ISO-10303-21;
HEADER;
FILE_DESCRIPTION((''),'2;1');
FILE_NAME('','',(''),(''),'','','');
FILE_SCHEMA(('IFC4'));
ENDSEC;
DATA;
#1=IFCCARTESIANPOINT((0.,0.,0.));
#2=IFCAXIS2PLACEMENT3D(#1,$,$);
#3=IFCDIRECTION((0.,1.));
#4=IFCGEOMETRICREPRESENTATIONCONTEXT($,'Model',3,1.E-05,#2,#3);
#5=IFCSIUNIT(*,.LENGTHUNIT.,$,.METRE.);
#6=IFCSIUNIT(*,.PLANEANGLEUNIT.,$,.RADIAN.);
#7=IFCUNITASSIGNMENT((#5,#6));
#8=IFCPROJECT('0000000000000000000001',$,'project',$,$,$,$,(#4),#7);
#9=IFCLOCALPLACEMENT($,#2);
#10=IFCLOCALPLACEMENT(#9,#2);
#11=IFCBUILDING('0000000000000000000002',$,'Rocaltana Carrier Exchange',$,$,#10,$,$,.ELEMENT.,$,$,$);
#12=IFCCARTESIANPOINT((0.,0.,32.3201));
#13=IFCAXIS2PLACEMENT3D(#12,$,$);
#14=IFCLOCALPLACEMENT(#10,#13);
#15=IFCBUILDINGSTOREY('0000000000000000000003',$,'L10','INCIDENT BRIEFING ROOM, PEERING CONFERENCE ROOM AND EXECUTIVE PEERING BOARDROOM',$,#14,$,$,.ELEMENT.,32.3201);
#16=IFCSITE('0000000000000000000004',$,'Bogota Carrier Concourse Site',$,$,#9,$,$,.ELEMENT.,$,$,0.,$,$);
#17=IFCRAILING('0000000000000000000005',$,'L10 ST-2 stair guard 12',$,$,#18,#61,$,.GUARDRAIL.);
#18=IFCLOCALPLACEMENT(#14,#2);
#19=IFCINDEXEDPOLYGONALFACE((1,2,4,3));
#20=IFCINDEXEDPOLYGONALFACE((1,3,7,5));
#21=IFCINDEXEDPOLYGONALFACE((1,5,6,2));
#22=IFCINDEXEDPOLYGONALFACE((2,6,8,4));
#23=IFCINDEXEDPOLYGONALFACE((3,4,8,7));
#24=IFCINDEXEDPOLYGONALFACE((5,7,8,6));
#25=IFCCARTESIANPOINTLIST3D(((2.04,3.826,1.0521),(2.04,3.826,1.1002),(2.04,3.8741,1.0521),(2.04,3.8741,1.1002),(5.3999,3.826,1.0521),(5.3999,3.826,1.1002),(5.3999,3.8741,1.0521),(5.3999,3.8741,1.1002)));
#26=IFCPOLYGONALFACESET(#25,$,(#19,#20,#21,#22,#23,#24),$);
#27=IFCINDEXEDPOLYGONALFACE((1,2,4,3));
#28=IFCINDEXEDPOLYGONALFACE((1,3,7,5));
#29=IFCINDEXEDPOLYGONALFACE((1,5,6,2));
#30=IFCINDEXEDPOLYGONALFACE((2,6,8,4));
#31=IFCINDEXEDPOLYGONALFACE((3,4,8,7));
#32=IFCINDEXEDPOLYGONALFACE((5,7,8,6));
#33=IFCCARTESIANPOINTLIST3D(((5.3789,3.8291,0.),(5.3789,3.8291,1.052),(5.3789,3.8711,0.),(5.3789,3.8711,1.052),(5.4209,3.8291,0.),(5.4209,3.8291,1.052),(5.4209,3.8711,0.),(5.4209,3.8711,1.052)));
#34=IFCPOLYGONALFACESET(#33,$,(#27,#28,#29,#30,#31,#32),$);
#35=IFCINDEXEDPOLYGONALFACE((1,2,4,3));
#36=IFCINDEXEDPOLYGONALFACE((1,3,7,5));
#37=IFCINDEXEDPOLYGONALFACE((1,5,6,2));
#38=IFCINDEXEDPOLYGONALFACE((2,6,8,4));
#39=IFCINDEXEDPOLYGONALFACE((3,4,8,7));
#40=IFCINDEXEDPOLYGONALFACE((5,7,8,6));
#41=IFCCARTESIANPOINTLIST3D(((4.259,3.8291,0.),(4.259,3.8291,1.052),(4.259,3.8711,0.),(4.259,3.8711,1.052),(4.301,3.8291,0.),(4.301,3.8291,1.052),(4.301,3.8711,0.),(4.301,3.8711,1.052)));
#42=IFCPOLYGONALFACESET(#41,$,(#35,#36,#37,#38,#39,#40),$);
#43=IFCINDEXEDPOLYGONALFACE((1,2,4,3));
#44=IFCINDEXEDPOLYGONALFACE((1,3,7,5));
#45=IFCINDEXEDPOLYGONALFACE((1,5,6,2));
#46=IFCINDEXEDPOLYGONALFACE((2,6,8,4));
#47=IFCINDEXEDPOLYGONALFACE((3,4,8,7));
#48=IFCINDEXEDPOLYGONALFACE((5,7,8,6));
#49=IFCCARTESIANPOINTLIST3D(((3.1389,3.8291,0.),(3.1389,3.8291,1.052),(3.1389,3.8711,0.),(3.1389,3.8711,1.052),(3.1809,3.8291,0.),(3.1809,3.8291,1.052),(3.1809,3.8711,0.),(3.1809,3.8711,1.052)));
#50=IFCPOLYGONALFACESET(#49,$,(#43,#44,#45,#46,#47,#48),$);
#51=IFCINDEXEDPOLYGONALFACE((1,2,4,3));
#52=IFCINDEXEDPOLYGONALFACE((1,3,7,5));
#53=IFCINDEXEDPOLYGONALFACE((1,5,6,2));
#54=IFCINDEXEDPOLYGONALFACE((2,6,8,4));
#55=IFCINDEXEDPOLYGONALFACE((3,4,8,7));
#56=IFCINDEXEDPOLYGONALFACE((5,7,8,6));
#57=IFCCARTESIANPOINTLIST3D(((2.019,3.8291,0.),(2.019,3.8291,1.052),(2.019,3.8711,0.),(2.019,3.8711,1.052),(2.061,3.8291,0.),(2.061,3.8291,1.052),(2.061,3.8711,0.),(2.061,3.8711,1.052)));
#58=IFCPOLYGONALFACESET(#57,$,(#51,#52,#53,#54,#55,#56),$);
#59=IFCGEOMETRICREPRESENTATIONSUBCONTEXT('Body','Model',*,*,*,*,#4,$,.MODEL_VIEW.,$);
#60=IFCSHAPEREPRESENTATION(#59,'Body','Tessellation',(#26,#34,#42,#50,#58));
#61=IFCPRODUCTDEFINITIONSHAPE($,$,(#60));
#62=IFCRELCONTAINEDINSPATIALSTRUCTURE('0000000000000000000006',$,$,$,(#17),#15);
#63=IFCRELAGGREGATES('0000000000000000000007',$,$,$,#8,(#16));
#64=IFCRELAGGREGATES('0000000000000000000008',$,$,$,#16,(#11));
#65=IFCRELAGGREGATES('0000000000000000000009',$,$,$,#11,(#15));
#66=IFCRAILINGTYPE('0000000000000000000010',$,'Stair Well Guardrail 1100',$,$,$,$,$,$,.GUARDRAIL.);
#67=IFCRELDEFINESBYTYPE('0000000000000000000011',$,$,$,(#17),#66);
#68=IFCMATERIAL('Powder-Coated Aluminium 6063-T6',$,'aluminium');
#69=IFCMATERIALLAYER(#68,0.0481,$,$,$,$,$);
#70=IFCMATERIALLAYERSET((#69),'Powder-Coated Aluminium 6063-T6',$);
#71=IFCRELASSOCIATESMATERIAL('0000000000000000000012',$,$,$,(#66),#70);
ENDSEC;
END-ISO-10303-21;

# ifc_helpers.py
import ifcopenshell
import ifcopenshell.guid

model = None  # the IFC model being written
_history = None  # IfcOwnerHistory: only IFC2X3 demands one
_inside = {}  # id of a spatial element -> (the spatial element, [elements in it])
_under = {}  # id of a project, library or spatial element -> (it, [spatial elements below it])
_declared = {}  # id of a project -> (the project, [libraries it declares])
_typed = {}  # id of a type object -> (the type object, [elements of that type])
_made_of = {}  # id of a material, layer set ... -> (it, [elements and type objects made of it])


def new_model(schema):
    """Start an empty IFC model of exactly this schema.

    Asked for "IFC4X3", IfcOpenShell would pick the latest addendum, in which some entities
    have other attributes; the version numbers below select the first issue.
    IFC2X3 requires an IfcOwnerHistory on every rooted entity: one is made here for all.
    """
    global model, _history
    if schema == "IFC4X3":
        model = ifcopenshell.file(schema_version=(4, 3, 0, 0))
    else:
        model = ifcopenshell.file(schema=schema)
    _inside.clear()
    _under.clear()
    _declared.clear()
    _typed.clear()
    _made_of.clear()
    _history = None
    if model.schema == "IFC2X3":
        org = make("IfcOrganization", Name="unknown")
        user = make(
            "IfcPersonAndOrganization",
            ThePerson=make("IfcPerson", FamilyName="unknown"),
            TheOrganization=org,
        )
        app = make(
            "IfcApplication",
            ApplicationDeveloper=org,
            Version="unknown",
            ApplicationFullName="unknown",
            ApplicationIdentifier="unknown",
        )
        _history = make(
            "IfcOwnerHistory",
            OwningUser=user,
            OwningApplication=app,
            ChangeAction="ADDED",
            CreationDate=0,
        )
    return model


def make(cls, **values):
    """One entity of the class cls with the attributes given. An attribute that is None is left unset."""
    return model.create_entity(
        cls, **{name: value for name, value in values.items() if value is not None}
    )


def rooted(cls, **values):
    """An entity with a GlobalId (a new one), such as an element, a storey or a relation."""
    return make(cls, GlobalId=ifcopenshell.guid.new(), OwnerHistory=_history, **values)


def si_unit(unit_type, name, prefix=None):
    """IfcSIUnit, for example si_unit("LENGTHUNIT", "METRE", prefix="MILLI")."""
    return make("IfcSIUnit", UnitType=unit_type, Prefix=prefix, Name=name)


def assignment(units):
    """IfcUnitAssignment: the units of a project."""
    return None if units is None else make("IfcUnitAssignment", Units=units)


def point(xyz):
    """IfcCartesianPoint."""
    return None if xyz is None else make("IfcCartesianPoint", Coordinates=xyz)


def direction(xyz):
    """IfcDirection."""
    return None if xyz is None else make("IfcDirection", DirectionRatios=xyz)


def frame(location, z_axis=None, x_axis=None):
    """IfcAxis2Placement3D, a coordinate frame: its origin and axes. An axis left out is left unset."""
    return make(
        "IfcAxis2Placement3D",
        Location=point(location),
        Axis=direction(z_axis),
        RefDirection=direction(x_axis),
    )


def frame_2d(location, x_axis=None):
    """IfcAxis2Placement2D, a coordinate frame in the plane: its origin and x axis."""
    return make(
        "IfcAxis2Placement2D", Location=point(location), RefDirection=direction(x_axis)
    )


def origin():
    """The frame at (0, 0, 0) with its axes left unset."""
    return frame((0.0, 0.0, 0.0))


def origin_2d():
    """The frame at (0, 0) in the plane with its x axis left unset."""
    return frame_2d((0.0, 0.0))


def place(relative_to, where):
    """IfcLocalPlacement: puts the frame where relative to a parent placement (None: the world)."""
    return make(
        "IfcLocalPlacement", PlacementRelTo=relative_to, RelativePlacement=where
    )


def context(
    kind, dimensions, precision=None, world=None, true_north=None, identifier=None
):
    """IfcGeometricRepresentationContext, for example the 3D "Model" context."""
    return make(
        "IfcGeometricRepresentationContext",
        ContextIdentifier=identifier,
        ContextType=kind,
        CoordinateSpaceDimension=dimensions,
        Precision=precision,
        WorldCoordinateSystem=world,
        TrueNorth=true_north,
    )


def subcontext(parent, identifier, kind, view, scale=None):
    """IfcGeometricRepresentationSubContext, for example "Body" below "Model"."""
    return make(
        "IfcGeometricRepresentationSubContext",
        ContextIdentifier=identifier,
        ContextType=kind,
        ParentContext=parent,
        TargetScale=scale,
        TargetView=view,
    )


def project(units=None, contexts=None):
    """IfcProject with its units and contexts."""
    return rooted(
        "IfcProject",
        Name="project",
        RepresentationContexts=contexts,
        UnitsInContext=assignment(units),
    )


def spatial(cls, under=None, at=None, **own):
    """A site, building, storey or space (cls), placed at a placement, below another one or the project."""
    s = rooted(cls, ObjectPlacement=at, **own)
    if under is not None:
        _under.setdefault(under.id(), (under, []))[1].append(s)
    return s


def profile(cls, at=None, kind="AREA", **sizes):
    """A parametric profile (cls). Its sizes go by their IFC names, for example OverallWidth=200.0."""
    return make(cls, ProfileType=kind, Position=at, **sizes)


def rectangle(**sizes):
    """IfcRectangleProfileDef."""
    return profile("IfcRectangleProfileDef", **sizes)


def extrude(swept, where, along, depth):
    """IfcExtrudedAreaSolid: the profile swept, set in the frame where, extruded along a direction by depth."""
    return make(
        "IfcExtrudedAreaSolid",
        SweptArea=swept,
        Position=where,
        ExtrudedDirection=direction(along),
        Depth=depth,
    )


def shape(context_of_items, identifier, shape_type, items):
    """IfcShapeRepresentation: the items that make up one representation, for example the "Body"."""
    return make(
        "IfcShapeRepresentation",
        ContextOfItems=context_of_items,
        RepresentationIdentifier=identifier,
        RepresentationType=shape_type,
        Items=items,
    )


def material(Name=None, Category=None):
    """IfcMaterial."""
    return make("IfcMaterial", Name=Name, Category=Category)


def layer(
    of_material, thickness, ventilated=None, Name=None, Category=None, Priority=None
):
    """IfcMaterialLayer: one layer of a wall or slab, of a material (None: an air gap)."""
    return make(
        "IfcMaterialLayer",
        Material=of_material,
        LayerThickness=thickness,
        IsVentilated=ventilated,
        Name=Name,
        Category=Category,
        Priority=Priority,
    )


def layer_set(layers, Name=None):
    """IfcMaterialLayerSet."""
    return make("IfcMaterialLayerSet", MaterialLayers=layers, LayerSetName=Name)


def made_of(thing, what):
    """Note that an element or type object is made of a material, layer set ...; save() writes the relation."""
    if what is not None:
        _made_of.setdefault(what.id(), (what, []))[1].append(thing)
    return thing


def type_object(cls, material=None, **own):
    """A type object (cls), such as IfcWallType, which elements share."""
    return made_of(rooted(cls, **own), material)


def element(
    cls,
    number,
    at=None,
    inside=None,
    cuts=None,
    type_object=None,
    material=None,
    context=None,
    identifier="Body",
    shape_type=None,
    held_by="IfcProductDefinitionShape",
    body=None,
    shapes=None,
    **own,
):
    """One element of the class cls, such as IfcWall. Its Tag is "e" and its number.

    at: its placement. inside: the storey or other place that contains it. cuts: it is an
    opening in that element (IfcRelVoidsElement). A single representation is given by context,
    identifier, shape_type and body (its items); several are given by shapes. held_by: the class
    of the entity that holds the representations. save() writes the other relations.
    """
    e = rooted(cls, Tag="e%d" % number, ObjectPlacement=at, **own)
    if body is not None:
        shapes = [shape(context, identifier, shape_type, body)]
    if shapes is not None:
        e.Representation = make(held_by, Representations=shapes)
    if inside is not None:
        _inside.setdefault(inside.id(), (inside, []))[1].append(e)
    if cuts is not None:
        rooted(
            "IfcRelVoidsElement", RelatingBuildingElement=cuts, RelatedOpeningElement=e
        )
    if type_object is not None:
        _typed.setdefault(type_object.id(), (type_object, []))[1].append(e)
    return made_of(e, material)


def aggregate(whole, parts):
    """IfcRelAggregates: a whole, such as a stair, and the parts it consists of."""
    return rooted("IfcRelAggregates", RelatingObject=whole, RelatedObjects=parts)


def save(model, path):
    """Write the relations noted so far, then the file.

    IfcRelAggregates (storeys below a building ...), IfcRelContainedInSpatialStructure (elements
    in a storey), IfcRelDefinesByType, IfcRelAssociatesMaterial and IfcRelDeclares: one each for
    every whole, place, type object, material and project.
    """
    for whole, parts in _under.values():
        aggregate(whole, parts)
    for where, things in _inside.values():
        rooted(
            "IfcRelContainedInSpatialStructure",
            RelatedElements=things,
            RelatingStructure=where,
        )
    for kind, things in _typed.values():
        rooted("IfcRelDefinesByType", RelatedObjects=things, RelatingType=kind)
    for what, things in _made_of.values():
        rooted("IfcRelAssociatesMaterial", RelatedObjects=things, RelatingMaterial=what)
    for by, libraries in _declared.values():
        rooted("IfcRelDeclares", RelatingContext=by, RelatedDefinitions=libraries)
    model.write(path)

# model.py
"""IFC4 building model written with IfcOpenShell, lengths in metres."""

from ifc_helpers import new_model, si_unit, direction, frame, origin, origin_2d, place, context, subcontext, project, spatial, rectangle, extrude, material, layer, layer_set, type_object, element, save


model = new_model("IFC4")

# Units and contexts
model_context = context("Model", 3, precision=1e-05, world=origin(), true_north=direction((0.0, 1.0)))
body_context = subcontext(model_context, "Body", "Model", "MODEL_VIEW")
ifc_project = project(units=[si_unit("LENGTHUNIT", "METRE"), si_unit("PLANEANGLEUNIT", "RADIAN")], contexts=[model_context])

# Site, building, storey
site_placement = place(None, origin())
site = spatial("IfcSite", under=ifc_project, at=site_placement, Name="Bogota Carrier Concourse Site", CompositionType="ELEMENT", RefElevation=0.0)
building_placement = place(site_placement, origin())
building = spatial("IfcBuilding", under=site, at=building_placement, Name="Rocaltana Carrier Exchange", CompositionType="ELEMENT")
storey_placement = place(building_placement, frame((0.0, 0.0, 32.3201)))
storey = spatial("IfcBuildingStorey", under=building, at=storey_placement, Name="L10", Description="INCIDENT BRIEFING ROOM, PEERING CONFERENCE ROOM AND EXECUTIVE PEERING BOARDROOM", CompositionType="ELEMENT", Elevation=32.3201)

# Railing
ifc_material_1 = material(Name="Powder-Coated Aluminium 6063-T6", Category="aluminium")
ifc_layer_1 = layer(ifc_material_1, 0.0481)
ifc_layer_set_1 = layer_set([ifc_layer_1], Name="Powder-Coated Aluminium 6063-T6")
railing_type_1 = type_object("IfcRailingType", Name="Stair Well Guardrail 1100", PredefinedType="GUARDRAIL", material=ifc_layer_set_1)
railing_1_placement = place(storey_placement, frame((5.3999, 3.8501, 0.0)))
element("IfcRailing", 1, at=railing_1_placement, inside=storey, type_object=railing_type_1, Name="L10 ST-2 stair guard 12", PredefinedType="GUARDRAIL", context=body_context, shape_type="SweptSolid", body=[
    extrude(rectangle(XDim=0.0481, YDim=0.0481, at=origin_2d()), frame((0.0, 0.0, 1.0762), z_axis=(-1.0, 0.0, 0.0), x_axis=(0.0, -1.0, 0.0)), (0.0, 0.0, 1.0), 3.3599),
    extrude(rectangle(XDim=0.042, YDim=0.042, at=origin_2d()), origin(), (0.0, 0.0, 1.0), 1.052),
    extrude(rectangle(XDim=0.042, YDim=0.042, at=origin_2d()), frame((-1.1199, 0.0, 0.0)), (0.0, 0.0, 1.0), 1.052),
    extrude(rectangle(XDim=0.042, YDim=0.042, at=origin_2d()), frame((-2.24, 0.0, 0.0)), (0.0, 0.0, 1.0), 1.052),
    extrude(rectangle(XDim=0.042, YDim=0.042, at=origin_2d()), frame((-3.3599, 0.0, 0.0)), (0.0, 0.0, 1.0), 1.052),
])

save(model, "model.ifc")
